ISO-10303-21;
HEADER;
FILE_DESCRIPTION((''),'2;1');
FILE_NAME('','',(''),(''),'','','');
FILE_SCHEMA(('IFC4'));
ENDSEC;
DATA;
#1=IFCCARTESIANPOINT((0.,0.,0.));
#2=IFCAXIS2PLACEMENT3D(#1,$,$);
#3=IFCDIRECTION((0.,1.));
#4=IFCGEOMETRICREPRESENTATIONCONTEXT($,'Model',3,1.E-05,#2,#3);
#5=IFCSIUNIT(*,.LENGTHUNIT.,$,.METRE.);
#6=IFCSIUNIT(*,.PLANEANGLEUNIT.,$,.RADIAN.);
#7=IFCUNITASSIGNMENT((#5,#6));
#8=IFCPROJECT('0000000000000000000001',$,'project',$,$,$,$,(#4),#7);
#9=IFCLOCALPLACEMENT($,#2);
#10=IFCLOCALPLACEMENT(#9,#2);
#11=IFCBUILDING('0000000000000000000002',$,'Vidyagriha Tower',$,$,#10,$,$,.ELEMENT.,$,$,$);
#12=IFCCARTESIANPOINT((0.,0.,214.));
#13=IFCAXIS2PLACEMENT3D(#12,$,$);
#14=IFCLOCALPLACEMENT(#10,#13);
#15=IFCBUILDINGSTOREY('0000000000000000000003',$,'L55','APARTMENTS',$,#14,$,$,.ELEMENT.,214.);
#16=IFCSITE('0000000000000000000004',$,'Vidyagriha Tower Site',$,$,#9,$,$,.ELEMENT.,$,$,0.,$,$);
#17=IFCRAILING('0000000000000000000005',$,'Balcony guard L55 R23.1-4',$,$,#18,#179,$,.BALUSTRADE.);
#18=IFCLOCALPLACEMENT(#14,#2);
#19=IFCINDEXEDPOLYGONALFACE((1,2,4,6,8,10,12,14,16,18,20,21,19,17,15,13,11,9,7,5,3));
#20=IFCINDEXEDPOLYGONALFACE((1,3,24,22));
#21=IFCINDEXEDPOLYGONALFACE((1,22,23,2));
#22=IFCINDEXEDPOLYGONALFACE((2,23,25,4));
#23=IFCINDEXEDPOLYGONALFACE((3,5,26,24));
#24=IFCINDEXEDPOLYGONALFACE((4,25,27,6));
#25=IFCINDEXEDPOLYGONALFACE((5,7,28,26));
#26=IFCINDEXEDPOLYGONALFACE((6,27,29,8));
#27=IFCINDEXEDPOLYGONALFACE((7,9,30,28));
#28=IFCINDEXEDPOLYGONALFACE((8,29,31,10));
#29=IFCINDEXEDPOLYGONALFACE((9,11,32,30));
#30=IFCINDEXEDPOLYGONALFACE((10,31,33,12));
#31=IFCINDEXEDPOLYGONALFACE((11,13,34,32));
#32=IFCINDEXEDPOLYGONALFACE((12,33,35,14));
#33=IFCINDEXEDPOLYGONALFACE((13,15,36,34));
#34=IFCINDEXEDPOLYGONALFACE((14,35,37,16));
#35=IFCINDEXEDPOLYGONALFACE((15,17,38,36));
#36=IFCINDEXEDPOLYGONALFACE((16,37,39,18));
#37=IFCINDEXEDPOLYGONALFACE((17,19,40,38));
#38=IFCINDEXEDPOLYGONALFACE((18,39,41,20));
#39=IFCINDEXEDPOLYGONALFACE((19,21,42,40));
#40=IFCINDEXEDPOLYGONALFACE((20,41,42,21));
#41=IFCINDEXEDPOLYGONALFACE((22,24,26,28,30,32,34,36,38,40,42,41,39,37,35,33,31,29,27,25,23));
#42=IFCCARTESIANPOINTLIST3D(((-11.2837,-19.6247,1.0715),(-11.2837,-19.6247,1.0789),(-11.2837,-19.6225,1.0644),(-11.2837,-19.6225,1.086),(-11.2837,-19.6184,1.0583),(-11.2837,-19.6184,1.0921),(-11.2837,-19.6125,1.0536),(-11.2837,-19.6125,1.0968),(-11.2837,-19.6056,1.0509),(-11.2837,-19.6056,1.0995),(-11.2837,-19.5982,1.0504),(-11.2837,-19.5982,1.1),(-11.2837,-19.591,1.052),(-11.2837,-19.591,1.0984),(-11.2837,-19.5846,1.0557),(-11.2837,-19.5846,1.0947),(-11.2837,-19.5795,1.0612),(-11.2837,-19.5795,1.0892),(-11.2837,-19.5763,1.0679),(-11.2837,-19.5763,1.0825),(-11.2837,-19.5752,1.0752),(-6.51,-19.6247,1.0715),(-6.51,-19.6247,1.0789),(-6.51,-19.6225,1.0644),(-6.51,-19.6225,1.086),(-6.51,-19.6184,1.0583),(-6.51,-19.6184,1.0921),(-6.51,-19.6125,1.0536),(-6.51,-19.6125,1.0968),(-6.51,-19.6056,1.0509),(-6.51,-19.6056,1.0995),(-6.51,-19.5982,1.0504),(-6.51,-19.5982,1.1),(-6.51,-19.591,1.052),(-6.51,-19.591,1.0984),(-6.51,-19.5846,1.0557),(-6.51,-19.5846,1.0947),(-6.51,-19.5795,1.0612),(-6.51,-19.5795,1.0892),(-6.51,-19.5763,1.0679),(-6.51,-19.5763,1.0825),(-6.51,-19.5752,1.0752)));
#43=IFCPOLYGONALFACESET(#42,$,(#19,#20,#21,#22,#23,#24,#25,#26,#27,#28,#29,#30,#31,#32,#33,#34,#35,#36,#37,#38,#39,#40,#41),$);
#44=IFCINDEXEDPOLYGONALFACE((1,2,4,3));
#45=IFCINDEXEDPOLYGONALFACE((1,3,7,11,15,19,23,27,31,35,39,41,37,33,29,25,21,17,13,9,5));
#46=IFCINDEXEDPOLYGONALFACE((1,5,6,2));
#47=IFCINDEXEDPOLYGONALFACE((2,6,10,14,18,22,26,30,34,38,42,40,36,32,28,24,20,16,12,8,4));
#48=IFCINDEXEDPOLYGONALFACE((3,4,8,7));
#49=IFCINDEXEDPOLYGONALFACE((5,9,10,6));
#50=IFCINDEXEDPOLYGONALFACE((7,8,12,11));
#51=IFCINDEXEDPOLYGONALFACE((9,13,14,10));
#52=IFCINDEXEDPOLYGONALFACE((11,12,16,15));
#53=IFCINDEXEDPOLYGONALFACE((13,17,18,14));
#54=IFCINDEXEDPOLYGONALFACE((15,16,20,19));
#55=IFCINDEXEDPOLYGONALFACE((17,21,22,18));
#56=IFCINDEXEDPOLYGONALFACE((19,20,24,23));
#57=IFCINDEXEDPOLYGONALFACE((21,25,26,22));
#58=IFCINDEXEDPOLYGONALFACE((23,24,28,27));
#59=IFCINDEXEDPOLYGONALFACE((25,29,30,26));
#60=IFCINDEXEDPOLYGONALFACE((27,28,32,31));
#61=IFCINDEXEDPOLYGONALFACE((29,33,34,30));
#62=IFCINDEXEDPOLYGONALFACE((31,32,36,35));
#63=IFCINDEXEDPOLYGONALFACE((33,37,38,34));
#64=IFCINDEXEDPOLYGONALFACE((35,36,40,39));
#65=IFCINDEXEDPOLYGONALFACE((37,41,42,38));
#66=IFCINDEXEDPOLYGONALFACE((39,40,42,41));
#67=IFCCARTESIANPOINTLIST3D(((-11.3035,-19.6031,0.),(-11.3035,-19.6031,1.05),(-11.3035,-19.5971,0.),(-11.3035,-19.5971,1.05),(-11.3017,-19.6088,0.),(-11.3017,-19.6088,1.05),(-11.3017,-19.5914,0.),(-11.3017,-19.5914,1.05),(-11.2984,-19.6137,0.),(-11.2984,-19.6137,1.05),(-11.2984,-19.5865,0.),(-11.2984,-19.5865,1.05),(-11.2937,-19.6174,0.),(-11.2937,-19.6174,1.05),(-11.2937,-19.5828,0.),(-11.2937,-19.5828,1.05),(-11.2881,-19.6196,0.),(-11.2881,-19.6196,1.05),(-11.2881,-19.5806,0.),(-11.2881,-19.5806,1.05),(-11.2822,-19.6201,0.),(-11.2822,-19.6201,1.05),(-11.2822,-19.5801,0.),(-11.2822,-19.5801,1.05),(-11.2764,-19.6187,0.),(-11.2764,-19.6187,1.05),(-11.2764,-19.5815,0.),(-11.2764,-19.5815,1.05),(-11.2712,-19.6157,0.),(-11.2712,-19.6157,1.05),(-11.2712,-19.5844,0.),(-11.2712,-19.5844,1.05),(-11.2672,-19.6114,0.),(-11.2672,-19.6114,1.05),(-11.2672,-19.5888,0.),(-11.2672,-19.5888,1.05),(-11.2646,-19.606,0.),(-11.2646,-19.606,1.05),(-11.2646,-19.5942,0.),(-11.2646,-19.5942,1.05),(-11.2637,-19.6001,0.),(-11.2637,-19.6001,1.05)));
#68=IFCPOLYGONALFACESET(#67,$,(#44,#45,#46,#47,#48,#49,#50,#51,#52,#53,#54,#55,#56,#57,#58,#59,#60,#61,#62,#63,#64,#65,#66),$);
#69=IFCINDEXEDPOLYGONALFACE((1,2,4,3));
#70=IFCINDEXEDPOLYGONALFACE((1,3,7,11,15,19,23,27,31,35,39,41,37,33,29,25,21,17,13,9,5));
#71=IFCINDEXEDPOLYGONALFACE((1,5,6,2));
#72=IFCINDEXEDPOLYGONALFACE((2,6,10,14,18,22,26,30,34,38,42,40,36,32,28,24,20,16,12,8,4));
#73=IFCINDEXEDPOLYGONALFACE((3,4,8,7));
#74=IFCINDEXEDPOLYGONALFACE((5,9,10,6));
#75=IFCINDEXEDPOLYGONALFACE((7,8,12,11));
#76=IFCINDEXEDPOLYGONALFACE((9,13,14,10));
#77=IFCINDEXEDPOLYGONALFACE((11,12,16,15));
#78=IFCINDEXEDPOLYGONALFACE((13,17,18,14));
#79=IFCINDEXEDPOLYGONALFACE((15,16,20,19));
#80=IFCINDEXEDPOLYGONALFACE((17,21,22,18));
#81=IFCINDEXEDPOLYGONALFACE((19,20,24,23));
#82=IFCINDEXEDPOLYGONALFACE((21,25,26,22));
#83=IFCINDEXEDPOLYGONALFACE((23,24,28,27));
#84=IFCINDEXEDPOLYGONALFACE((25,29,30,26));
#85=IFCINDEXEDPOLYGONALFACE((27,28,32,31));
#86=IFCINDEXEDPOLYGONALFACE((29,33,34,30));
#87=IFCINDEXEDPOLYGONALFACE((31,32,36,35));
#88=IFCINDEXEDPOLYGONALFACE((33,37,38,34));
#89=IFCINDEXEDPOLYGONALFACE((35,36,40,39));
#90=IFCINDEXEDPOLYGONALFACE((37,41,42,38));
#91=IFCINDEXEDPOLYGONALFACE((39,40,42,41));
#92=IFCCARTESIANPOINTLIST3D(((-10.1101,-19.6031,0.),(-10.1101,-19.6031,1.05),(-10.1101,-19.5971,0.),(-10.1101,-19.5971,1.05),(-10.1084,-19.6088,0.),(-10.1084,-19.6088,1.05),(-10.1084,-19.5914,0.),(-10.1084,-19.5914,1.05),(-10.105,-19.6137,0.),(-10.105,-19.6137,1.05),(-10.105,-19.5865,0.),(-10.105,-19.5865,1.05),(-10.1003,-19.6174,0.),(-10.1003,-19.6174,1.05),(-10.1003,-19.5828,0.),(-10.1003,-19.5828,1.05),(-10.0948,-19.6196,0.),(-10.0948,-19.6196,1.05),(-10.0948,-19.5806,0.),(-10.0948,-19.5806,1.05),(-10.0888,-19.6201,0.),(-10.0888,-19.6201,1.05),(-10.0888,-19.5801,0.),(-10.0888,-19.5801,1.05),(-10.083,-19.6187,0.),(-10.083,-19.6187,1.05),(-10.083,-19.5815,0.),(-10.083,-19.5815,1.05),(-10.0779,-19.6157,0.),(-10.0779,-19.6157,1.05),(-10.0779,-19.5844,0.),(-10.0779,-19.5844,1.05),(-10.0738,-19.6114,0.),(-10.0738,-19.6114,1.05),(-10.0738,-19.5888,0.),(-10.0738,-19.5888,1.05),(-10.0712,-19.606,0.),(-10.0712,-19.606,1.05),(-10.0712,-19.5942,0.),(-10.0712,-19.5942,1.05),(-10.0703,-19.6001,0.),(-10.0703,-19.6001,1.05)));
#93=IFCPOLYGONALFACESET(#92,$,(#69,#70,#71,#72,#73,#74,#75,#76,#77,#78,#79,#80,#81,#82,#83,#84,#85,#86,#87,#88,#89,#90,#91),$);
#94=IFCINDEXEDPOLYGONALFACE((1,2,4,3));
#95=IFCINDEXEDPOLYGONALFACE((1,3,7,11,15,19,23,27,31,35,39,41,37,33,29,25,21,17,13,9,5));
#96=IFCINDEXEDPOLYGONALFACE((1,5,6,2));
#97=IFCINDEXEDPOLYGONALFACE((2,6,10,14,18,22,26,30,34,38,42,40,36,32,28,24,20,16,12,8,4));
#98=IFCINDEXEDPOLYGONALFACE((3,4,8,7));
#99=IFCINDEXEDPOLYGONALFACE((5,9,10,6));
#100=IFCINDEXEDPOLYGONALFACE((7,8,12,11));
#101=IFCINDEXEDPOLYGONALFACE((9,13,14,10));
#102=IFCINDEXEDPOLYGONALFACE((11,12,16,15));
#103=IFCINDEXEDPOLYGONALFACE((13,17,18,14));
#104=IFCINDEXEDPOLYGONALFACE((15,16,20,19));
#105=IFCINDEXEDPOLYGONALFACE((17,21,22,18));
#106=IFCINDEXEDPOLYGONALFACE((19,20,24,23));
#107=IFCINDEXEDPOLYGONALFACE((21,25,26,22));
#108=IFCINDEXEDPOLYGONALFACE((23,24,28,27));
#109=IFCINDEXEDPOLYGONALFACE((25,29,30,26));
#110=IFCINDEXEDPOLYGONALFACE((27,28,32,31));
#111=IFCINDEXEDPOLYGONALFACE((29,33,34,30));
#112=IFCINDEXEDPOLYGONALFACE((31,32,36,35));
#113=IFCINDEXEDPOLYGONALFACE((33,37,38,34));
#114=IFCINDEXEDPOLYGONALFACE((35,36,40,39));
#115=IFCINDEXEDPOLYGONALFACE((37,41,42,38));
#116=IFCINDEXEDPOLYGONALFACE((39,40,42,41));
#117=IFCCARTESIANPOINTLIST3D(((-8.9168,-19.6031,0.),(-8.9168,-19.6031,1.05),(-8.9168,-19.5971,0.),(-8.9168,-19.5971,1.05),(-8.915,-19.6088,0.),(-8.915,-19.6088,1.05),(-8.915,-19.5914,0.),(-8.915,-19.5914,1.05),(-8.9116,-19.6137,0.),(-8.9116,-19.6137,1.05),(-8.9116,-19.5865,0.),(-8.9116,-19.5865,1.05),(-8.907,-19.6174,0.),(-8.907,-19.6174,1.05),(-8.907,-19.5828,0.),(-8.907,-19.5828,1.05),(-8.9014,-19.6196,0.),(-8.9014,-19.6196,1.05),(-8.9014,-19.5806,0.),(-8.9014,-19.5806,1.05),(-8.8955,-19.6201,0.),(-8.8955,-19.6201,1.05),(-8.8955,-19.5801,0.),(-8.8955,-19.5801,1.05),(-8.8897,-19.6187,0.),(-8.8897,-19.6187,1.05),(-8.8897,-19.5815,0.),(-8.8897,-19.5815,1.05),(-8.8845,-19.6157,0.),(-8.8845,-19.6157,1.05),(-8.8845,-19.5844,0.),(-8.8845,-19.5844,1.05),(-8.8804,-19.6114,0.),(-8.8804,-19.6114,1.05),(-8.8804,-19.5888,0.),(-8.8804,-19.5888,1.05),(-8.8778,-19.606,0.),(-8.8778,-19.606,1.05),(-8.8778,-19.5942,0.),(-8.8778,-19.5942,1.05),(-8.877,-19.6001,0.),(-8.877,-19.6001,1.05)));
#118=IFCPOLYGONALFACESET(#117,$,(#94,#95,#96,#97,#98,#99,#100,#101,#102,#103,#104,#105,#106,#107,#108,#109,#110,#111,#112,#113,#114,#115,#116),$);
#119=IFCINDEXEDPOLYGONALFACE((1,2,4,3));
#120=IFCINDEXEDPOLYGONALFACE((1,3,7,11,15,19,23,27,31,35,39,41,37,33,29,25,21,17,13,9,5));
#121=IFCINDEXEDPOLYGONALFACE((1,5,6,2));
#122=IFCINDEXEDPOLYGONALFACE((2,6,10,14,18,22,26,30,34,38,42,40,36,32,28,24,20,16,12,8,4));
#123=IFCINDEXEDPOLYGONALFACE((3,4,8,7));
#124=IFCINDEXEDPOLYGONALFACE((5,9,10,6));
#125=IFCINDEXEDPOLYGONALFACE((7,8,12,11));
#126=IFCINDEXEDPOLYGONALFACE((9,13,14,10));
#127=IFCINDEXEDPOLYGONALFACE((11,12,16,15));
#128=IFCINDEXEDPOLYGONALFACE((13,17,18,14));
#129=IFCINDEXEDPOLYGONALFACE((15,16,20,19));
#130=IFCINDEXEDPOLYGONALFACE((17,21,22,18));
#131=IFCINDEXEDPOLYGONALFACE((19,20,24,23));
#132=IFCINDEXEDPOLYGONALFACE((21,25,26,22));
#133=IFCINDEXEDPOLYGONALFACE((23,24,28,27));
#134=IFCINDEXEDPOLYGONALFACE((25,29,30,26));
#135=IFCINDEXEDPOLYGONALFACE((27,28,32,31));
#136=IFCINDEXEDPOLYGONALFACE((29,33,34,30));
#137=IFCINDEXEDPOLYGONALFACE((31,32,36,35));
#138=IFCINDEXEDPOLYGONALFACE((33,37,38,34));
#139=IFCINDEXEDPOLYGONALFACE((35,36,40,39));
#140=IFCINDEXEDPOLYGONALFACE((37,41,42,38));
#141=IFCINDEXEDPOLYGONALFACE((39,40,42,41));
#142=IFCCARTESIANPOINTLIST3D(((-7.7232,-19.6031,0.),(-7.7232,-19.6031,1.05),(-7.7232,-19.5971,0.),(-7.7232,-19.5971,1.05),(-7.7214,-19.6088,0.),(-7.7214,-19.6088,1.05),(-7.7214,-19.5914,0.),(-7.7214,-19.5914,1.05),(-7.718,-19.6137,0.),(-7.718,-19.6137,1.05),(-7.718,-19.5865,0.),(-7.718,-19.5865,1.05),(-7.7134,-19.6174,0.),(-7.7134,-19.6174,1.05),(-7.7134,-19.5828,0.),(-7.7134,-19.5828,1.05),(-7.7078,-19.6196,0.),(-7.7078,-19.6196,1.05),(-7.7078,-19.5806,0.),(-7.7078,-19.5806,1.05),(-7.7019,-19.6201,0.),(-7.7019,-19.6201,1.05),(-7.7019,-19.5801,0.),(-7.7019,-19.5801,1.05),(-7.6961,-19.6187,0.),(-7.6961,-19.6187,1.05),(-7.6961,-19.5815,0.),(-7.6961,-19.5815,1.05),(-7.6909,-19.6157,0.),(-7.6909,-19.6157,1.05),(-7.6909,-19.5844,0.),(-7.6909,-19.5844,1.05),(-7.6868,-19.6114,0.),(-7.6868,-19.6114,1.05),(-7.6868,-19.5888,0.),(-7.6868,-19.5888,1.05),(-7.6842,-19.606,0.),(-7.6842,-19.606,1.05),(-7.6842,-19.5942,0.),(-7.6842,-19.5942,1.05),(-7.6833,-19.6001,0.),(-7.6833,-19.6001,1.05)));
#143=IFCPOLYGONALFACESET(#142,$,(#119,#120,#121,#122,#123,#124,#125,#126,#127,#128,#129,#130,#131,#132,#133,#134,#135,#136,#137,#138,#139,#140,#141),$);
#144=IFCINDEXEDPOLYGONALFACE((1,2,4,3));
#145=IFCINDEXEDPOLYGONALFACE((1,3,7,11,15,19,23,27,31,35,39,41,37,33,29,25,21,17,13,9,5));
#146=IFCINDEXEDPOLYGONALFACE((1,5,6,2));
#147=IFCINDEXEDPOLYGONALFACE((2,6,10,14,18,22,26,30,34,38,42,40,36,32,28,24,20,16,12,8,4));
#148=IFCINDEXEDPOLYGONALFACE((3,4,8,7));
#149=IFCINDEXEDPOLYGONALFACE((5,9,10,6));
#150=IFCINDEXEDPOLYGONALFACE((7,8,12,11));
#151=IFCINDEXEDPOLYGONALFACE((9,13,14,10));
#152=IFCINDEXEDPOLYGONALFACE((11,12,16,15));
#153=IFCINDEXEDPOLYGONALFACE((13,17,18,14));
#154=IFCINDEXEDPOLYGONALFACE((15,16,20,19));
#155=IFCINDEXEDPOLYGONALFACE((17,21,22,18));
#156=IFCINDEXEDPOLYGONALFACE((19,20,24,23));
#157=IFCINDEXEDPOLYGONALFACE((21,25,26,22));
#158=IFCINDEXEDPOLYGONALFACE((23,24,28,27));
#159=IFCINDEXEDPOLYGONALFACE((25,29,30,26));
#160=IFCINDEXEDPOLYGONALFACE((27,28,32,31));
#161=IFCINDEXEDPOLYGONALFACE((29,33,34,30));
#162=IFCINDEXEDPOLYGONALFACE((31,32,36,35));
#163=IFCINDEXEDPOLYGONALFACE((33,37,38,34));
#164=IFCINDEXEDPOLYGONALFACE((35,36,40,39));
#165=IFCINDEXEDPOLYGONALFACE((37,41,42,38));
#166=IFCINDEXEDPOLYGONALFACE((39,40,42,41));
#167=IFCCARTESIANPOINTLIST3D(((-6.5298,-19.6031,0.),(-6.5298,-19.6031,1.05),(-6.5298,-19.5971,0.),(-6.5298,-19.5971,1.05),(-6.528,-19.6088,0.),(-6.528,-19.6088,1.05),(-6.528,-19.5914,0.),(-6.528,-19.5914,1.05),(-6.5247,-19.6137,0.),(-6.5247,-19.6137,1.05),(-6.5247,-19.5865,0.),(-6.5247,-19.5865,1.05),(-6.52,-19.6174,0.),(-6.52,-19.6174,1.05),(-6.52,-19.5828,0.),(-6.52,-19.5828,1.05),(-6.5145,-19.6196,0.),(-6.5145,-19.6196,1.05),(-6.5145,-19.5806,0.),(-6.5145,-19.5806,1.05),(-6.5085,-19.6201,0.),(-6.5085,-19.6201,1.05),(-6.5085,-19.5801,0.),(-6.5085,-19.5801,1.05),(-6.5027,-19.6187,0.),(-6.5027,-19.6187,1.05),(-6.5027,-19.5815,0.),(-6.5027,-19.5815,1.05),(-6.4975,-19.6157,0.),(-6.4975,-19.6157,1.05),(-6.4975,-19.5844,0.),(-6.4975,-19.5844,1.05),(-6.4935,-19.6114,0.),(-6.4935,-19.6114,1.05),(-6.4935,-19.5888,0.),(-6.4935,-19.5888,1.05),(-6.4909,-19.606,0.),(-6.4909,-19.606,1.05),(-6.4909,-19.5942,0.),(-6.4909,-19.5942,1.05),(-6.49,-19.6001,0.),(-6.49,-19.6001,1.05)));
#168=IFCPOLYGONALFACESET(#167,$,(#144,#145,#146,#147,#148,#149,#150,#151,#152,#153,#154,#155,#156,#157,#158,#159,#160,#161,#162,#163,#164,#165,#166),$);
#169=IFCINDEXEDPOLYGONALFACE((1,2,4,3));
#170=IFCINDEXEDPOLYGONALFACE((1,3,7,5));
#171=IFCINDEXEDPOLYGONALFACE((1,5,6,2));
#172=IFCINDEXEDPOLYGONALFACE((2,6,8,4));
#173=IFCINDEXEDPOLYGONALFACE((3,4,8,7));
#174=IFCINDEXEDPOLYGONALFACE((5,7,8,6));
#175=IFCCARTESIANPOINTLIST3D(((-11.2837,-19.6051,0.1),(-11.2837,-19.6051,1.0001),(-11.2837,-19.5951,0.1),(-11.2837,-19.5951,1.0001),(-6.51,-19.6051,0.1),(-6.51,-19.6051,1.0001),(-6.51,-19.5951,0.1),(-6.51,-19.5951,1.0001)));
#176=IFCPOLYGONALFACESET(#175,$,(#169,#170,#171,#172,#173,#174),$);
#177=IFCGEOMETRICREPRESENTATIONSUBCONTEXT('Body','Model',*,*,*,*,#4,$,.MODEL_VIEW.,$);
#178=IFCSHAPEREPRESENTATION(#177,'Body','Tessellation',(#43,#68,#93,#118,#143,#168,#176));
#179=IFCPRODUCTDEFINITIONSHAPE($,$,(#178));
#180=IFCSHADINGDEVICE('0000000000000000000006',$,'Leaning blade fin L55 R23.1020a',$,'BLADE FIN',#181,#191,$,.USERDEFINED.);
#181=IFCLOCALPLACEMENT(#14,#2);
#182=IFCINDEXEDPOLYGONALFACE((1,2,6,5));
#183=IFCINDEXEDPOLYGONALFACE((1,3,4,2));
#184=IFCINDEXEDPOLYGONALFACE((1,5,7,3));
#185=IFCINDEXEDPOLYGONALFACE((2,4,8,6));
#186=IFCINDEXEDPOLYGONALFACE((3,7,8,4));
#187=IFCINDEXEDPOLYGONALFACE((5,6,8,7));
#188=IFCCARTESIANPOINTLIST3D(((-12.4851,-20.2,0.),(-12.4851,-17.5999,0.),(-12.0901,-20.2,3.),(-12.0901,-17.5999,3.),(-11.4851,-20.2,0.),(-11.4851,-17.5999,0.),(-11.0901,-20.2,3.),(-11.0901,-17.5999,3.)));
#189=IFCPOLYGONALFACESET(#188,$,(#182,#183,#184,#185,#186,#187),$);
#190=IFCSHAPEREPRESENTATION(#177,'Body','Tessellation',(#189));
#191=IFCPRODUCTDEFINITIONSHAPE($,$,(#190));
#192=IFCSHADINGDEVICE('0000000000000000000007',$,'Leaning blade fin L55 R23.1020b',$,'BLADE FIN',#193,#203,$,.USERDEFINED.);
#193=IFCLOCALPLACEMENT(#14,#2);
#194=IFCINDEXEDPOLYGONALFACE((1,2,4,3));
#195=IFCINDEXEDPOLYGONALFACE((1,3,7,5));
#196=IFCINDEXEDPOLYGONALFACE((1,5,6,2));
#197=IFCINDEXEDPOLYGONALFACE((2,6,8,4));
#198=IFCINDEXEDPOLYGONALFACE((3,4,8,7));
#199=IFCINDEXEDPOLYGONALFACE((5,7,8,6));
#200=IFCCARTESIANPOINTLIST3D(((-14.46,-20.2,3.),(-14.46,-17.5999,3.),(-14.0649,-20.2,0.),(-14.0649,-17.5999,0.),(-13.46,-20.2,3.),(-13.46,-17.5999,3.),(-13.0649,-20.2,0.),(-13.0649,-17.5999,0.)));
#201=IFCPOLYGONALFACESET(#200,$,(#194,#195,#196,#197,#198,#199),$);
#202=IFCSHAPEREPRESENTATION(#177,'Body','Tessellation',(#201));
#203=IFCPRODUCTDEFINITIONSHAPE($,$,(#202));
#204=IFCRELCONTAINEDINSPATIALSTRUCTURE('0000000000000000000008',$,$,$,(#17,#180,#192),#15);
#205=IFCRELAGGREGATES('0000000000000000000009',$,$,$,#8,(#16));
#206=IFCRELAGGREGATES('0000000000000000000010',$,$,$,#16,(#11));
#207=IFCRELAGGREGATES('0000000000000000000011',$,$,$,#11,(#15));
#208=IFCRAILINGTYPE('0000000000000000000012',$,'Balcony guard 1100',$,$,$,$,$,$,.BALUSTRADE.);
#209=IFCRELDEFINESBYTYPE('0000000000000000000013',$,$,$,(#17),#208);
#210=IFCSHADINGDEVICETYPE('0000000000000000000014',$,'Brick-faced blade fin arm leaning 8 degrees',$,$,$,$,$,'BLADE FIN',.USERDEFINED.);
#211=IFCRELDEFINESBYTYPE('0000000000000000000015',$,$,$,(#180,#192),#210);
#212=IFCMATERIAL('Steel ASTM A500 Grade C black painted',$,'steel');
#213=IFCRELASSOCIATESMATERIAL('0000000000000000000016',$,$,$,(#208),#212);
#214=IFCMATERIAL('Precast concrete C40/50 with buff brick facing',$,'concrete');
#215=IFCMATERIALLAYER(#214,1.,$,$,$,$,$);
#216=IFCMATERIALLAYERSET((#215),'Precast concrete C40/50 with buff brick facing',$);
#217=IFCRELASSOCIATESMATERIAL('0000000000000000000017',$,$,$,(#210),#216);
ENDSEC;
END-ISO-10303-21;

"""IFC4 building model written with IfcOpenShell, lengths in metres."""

from ifc_helpers import new_model, si_unit, direction, frame, origin, origin_2d, place, context, subcontext, project, spatial, polyline, rectangle, circle, outline, extrude, material, layer, layer_set, type_object, element, save


model = new_model("IFC4")

# Units and contexts
model_context = context("Model", 3, precision=1e-05, world=origin(), true_north=direction((0.0, 1.0)))
body_context = subcontext(model_context, "Body", "Model", "MODEL_VIEW")
ifc_project = project(units=[si_unit("LENGTHUNIT", "METRE"), si_unit("PLANEANGLEUNIT", "RADIAN")], contexts=[model_context])

# Site, building, storey
site_placement = place(None, origin())
site = spatial("IfcSite", under=ifc_project, at=site_placement, Name="Vidyagriha Tower Site", CompositionType="ELEMENT", RefElevation=0.0)
building_placement = place(site_placement, origin())
building = spatial("IfcBuilding", under=site, at=building_placement, Name="Vidyagriha Tower", CompositionType="ELEMENT")
storey_placement = place(building_placement, frame((0.0, 0.0, 214.0)))
storey = spatial("IfcBuildingStorey", under=building, at=storey_placement, Name="L55", Description="APARTMENTS", CompositionType="ELEMENT", Elevation=214.0)

# Railing
ifc_material_1 = material(Name="Steel ASTM A500 Grade C black painted", Category="steel")
railing_type = type_object("IfcRailingType", Name="Balcony guard 1100", PredefinedType="BALUSTRADE", material=ifc_material_1)
railing_1_placement = place(storey_placement, frame((-11.2837, -19.6001, 0.0)))
element("IfcRailing", 1, at=railing_1_placement, inside=storey, type_object=railing_type, Name="Balcony guard L55 R23.1-4", PredefinedType="BALUSTRADE", context=body_context, shape_type="SweptSolid", body=[
    extrude(circle(Radius=0.0249, at=origin_2d()), frame((0.0, 0.0, 1.0752), z_axis=(1.0, 0.0, 0.0), x_axis=(0.0, 1.0, 0.0)), (0.0, 0.0, 1.0), 4.7737),
    extrude(circle(Radius=0.02, at=origin_2d()), origin(), (0.0, 0.0, 1.0), 1.05),
    extrude(circle(Radius=0.02, at=origin_2d()), frame((1.1934, 0.0, 0.0)), (0.0, 0.0, 1.0), 1.05),
    extrude(circle(Radius=0.02, at=origin_2d()), frame((2.3867, 0.0, 0.0)), (0.0, 0.0, 1.0), 1.05),
    extrude(circle(Radius=0.02, at=origin_2d()), frame((3.5803, 0.0, 0.0)), (0.0, 0.0, 1.0), 1.05),
    extrude(circle(Radius=0.02, at=origin_2d()), frame((4.7737, 0.0, 0.0)), (0.0, 0.0, 1.0), 1.05),
    extrude(rectangle(XDim=0.01, YDim=0.9001, at=origin_2d()), frame((0.0, 0.0, 0.55), z_axis=(1.0, 0.0, 0.0), x_axis=(0.0, 1.0, 0.0)), (0.0, 0.0, 1.0), 4.7737),
])

# Shading devices
ifc_material_2 = material(Name="Precast concrete C40/50 with buff brick facing", Category="concrete")
ifc_layer_1 = layer(ifc_material_2, 1.0)
ifc_layer_set_1 = layer_set([ifc_layer_1], Name="Precast concrete C40/50 with buff brick facing")
shading_device_type = type_object("IfcShadingDeviceType", Name="Brick-faced blade fin arm leaning 8 degrees", ElementType="BLADE FIN", PredefinedType="USERDEFINED", material=ifc_layer_set_1)
shading_device_1_placement = place(storey_placement, frame((-12.4851, -18.8999, 0.0)))
element("IfcShadingDevice", 2, at=shading_device_1_placement, inside=storey, type_object=shading_device_type, Name="Leaning blade fin L55 R23.1020a", ObjectType="BLADE FIN", PredefinedType="USERDEFINED", context=body_context, shape_type="SweptSolid", body=[
    extrude(outline(polyline([(0.0, 0.0), (1.0, 0.0), (1.395, 3.0), (0.395, 3.0), (0.0, 0.0)])), frame((0.0, 1.3, 0.0), z_axis=(0.0, -1.0, 0.0), x_axis=(1.0, 0.0, 0.0)), (0.0, 0.0, 1.0), 2.6001),
])
shading_device_2_placement = place(storey_placement, frame((-14.46, -18.8999, 0.0)))
element("IfcShadingDevice", 3, at=shading_device_2_placement, inside=storey, type_object=shading_device_type, Name="Leaning blade fin L55 R23.1020b", ObjectType="BLADE FIN", PredefinedType="USERDEFINED", context=body_context, shape_type="SweptSolid", body=[
    extrude(outline(polyline([(0.395, 0.0), (1.395, 0.0), (1.0, 3.0), (0.0, 3.0), (0.395, 0.0)])), frame((0.0, 1.3, 0.0), z_axis=(0.0, -1.0, 0.0), x_axis=(1.0, 0.0, 0.0)), (0.0, 0.0, 1.0), 2.6001),
])

save(model, "model.ifc")
